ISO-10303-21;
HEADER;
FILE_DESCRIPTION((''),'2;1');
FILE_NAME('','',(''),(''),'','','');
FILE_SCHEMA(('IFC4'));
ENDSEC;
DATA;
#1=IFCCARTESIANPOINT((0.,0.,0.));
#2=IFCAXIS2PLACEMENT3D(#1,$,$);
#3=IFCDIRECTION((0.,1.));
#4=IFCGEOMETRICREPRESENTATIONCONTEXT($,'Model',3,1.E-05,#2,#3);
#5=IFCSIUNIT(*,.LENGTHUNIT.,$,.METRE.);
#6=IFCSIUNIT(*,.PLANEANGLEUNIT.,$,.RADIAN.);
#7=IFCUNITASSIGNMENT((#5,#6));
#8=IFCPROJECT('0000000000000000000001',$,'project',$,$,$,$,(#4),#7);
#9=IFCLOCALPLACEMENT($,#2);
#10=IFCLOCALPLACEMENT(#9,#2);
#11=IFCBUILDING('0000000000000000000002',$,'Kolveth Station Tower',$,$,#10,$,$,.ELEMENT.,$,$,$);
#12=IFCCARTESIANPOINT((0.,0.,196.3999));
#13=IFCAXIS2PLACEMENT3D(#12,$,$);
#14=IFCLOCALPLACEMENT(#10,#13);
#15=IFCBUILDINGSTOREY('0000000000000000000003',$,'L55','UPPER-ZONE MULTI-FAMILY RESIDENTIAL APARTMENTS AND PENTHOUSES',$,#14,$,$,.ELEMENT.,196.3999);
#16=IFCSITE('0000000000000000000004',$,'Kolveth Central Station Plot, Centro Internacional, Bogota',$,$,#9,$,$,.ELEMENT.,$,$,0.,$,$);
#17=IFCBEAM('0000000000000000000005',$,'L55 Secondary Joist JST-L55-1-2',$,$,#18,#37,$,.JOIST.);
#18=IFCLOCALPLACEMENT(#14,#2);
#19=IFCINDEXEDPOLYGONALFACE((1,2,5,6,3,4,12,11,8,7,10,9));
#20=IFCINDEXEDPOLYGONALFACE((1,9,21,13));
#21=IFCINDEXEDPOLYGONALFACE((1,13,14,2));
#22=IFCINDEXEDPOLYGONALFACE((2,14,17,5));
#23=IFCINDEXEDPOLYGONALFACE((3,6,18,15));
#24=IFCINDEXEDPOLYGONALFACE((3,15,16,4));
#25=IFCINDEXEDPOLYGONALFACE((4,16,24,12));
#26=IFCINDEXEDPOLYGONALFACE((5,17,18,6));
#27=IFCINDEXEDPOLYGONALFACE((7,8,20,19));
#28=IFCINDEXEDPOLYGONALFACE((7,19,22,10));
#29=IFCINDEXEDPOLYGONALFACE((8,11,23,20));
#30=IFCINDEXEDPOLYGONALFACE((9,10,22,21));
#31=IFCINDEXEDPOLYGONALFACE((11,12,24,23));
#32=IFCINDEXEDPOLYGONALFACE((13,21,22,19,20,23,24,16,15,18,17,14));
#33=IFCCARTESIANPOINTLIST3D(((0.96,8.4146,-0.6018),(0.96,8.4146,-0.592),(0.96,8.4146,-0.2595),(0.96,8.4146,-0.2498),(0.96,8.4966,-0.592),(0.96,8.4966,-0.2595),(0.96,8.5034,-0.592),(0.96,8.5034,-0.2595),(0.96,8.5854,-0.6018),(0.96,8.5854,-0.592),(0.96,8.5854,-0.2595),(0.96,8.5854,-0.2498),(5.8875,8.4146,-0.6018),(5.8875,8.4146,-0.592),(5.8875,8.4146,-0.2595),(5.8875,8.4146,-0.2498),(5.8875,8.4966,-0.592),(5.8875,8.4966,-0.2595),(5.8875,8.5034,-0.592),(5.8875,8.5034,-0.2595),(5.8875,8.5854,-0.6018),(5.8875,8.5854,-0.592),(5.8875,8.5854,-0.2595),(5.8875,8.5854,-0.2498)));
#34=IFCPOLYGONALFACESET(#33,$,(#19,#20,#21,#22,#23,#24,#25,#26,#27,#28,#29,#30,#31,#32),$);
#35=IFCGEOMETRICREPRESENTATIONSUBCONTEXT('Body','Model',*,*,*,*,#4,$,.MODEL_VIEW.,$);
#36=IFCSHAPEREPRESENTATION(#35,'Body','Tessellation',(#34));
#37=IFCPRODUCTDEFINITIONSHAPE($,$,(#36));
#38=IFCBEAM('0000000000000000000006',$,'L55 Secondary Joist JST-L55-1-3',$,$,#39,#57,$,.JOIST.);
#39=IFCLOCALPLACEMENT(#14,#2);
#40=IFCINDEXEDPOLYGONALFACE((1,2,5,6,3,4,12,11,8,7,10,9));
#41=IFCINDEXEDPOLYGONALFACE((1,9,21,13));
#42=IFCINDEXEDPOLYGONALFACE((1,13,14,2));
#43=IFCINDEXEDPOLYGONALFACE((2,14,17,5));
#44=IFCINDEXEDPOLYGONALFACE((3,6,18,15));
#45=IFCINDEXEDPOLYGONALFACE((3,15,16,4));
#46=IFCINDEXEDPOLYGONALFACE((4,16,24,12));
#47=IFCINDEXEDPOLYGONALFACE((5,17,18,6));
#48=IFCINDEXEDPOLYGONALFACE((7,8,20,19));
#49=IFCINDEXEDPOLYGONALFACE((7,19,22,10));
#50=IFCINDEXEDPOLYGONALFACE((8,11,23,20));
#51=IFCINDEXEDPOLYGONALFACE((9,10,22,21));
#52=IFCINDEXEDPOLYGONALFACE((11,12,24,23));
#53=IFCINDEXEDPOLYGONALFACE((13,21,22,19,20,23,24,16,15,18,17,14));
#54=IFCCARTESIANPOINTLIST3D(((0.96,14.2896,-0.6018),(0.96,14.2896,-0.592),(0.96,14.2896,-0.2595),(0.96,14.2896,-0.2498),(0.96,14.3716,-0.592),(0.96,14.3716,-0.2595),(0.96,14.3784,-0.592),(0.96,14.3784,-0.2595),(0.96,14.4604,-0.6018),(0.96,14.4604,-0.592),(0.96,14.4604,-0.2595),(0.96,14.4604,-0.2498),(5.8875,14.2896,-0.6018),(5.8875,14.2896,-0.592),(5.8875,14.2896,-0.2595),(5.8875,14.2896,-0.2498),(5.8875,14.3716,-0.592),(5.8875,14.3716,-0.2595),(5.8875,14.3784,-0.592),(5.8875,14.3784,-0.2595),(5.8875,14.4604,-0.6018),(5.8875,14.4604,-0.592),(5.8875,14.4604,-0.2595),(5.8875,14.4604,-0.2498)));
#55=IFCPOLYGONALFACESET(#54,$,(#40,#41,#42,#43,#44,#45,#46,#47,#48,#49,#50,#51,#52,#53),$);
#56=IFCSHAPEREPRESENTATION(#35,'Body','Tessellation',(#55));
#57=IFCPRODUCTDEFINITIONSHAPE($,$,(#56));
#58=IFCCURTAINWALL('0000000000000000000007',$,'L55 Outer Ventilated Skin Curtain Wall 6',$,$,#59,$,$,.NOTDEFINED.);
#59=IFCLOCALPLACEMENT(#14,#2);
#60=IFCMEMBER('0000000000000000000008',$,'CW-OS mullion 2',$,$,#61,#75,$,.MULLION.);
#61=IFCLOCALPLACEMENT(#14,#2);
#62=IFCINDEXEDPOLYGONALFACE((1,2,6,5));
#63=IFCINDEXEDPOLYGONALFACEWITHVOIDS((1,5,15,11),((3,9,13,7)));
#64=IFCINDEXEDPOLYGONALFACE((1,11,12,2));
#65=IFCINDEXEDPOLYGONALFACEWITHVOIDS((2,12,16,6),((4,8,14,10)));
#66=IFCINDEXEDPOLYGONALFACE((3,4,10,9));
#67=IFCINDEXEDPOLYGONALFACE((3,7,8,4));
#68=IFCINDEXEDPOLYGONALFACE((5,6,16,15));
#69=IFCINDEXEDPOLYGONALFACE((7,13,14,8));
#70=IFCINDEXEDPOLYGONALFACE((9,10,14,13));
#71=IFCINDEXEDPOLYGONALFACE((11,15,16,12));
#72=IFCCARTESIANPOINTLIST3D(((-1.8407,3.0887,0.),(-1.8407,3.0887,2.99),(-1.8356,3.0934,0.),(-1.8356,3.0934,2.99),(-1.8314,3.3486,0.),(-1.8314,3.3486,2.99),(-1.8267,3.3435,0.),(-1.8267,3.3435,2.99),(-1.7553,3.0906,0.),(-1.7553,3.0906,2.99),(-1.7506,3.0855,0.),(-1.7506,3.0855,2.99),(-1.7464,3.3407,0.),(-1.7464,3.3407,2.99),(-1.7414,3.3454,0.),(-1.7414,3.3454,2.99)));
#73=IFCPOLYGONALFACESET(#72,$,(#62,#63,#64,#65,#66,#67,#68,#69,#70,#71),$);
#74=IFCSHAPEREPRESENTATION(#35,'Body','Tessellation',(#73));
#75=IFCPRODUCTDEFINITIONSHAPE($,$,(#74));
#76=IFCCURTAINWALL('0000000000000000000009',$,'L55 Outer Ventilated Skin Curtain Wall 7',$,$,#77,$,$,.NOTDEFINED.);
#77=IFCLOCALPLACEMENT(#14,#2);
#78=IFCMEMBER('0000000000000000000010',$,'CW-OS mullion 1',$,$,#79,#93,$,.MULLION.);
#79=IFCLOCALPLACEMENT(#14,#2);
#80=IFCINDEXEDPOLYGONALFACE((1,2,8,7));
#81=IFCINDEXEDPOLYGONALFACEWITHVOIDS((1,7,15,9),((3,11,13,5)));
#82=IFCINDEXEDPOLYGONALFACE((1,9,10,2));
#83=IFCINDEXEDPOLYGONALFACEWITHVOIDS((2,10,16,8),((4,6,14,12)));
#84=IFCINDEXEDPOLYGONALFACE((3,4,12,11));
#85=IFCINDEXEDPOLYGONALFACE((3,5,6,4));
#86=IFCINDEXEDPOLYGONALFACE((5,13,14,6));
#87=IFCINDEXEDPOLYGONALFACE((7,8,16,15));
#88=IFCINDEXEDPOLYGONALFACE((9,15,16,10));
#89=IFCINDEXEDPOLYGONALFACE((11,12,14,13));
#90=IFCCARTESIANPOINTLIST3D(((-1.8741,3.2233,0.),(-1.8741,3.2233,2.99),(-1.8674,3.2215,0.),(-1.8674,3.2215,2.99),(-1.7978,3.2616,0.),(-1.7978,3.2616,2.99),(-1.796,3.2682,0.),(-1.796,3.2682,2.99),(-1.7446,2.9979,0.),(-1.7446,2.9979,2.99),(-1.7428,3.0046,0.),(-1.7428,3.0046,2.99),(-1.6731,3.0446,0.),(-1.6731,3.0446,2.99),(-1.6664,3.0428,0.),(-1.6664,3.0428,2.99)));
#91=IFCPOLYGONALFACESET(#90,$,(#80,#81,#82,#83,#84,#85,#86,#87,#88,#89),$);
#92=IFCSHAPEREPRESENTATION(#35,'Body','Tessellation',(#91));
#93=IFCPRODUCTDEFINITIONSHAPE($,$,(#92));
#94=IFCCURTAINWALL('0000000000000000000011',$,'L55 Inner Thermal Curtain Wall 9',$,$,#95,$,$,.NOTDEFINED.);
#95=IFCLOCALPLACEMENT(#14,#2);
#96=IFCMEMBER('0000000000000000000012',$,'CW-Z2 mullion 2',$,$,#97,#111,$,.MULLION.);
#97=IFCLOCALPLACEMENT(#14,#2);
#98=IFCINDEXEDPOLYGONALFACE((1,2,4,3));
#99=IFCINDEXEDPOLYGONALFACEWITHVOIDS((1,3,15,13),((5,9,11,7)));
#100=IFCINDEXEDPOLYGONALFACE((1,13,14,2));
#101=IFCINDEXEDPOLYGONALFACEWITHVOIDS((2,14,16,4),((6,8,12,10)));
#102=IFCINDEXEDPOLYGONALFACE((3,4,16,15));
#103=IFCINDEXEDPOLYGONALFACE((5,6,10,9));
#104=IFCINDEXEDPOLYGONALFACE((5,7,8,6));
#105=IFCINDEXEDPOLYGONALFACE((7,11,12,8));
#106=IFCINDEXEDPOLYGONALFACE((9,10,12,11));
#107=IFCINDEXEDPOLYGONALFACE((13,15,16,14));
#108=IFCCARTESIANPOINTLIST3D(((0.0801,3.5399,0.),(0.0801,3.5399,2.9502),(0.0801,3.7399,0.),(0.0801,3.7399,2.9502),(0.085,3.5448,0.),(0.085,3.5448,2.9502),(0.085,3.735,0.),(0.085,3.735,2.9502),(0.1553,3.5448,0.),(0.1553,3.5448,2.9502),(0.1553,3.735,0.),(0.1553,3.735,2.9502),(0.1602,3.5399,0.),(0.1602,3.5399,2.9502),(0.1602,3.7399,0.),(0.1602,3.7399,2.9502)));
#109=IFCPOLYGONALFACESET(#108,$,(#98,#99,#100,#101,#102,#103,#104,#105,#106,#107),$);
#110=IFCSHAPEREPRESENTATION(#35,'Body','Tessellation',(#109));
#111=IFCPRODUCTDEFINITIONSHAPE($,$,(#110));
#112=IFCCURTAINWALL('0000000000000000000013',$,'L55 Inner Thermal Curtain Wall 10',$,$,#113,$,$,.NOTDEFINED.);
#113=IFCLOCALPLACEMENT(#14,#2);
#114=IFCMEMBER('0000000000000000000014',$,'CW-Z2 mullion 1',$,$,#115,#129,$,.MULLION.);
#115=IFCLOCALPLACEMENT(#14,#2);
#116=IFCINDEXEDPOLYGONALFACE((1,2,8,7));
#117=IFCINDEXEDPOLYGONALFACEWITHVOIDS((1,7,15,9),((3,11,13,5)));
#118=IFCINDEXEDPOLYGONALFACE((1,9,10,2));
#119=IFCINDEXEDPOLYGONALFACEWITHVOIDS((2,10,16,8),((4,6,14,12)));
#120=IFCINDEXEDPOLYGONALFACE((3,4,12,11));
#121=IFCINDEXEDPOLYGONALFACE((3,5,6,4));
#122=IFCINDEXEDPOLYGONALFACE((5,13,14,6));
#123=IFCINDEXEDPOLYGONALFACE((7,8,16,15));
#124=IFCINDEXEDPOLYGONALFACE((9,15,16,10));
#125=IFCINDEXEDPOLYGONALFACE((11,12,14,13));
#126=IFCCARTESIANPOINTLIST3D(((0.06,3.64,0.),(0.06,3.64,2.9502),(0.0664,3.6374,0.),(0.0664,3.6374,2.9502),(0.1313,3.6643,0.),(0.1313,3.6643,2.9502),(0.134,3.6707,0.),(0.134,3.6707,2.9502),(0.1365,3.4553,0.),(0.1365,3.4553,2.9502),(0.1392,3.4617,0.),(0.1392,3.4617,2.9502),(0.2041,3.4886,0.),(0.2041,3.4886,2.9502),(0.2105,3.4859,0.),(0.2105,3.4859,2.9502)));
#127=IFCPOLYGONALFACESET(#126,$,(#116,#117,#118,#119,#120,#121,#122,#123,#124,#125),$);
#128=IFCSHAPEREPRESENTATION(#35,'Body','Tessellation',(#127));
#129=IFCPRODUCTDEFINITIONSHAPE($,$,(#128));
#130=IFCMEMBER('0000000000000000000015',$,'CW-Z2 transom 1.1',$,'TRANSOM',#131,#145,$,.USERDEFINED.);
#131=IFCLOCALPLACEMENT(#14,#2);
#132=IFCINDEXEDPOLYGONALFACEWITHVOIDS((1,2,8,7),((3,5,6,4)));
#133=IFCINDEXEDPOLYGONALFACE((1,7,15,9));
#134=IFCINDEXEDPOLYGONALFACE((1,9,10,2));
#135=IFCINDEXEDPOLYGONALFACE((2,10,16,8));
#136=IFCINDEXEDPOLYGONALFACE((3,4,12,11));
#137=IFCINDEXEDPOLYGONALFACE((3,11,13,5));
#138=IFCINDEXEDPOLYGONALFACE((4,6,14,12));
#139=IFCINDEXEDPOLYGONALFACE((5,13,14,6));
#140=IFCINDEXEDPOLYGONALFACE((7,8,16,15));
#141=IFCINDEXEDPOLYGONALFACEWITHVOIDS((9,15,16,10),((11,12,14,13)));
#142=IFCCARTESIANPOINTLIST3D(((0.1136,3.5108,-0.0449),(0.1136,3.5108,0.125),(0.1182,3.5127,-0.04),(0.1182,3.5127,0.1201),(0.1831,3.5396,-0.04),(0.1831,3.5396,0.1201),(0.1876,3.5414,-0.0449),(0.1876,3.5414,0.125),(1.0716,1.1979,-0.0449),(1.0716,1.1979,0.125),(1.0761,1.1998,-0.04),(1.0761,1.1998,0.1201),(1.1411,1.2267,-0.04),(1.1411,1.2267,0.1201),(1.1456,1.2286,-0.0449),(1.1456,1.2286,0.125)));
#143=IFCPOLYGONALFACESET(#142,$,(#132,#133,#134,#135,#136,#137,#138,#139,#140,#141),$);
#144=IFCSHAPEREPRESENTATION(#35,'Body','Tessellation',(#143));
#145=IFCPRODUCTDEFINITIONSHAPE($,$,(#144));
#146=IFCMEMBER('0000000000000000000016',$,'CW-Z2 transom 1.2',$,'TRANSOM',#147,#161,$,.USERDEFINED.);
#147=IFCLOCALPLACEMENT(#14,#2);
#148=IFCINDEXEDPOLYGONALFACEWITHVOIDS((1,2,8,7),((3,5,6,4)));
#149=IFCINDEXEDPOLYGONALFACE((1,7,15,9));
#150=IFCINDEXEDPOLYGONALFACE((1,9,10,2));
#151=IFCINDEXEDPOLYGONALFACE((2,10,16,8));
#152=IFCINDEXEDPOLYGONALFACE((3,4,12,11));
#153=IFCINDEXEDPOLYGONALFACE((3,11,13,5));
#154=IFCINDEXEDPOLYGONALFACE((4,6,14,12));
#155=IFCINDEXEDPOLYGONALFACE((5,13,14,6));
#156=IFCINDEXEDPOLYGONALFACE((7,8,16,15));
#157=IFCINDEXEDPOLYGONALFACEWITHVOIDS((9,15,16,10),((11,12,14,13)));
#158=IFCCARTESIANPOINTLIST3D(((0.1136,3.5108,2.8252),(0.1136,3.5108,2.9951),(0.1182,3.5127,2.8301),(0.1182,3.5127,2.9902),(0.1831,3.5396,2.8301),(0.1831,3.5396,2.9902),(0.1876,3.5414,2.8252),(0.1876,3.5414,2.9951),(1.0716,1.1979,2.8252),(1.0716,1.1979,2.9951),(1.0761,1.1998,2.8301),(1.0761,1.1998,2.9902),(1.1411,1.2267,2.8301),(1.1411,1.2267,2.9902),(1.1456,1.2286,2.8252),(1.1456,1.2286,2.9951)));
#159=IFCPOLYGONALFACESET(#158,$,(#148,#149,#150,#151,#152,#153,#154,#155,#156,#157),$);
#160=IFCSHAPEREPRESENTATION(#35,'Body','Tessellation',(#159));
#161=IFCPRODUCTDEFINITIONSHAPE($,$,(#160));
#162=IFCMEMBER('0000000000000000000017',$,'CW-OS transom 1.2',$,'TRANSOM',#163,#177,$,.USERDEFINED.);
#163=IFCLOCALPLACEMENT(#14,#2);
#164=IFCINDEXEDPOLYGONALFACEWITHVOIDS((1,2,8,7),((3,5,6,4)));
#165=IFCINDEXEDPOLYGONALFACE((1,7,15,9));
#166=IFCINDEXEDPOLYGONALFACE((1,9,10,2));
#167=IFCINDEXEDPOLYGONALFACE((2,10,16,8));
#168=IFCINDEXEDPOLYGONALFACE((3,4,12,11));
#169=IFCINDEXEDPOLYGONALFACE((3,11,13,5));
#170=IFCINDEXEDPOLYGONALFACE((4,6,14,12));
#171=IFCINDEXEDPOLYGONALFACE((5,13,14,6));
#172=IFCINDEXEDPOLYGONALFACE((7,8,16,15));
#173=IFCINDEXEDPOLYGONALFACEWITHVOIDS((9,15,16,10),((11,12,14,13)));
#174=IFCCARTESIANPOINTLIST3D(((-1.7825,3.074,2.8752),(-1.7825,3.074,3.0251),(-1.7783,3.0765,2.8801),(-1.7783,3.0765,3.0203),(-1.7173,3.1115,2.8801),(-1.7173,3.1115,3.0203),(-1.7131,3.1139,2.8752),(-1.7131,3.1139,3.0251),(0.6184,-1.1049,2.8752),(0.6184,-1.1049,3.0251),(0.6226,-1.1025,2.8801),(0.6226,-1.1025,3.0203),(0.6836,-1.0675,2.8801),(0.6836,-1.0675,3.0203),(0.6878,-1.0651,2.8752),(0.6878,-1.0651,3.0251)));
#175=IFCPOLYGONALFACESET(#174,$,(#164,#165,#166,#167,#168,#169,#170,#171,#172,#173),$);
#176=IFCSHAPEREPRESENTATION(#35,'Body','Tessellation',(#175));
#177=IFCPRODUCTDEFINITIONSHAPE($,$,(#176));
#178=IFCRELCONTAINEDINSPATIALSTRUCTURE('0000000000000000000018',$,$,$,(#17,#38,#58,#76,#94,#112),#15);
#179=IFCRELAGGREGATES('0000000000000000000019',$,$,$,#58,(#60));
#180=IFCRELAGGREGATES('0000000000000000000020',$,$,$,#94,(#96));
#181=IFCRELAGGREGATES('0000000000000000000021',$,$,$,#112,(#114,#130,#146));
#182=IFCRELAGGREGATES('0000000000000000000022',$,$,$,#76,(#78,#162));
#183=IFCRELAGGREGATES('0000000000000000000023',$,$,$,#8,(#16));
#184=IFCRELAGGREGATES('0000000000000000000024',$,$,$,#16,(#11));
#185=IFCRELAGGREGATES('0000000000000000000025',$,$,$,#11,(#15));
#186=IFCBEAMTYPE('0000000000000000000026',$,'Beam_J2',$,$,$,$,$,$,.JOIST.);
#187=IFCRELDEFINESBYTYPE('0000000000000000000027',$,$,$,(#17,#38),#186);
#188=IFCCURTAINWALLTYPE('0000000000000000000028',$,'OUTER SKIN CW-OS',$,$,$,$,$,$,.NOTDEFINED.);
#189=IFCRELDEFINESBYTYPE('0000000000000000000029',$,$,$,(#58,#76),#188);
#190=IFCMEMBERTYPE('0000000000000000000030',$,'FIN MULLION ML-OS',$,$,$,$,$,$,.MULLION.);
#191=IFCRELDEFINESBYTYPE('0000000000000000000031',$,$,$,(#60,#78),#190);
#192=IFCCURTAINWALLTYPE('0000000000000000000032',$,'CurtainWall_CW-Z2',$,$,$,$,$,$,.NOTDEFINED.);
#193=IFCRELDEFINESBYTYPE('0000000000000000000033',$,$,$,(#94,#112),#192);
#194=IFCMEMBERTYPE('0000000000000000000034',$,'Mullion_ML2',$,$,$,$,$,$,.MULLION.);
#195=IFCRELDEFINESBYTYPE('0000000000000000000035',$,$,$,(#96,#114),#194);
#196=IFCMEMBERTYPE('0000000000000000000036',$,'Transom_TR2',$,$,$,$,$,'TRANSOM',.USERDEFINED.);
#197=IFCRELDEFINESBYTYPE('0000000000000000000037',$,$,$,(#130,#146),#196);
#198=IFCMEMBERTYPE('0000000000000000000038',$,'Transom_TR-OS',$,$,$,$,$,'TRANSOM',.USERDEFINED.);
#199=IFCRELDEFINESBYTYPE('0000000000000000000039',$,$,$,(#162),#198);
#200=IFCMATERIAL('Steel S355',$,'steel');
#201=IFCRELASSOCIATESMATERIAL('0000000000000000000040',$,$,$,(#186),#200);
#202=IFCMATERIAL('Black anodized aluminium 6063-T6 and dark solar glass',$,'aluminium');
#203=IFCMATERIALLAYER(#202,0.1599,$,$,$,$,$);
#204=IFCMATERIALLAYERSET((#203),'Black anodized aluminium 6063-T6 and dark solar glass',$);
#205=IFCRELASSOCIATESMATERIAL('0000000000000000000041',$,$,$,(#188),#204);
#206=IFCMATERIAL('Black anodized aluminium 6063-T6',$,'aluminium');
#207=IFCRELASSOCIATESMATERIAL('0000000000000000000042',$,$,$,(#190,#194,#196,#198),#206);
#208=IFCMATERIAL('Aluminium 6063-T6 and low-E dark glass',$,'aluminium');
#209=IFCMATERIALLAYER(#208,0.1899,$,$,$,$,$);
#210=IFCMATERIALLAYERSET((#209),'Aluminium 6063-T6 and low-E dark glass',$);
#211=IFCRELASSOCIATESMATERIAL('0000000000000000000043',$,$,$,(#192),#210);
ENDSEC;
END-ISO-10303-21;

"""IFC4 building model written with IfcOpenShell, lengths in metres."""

from ifc_helpers import new_model, si_unit, direction, frame, origin, origin_2d, place, context, subcontext, project, spatial, hollow_rectangle, i_section, extrude, source, transform, mapped, material, layer, layer_set, material_profile, profile_set, type_object, element, aggregate, save


model = new_model("IFC4")

# Units and contexts
model_context = context("Model", 3, precision=1e-05, world=origin(), true_north=direction((0.0, 1.0)))
body_context = subcontext(model_context, "Body", "Model", "MODEL_VIEW")
ifc_project = project(units=[si_unit("LENGTHUNIT", "METRE"), si_unit("PLANEANGLEUNIT", "RADIAN")], contexts=[model_context])

# Site, building, storey
site_placement = place(None, origin())
site = spatial("IfcSite", under=ifc_project, at=site_placement, Name="Kolveth Central Station Plot, Centro Internacional, Bogota", CompositionType="ELEMENT", RefElevation=0.0)
building_placement = place(site_placement, origin())
building = spatial("IfcBuilding", under=site, at=building_placement, Name="Kolveth Station Tower", CompositionType="ELEMENT")
storey_placement = place(building_placement, frame((0.0, 0.0, 196.3999)))
storey = spatial("IfcBuildingStorey", under=building, at=storey_placement, Name="L55", Description="UPPER-ZONE MULTI-FAMILY RESIDENTIAL APARTMENTS AND PENTHOUSES", CompositionType="ELEMENT", Elevation=196.3999)

# Shared definitions
ifc_material_1 = material(Name="Steel S355", Category="steel")

# Beams
ifc_material_profile_1 = material_profile(ifc_material_1, i_section(OverallWidth=0.1709, OverallDepth=0.3521, WebThickness=0.0068, FlangeThickness=0.0098, at=origin_2d()), Name="W360x44")
ifc_profile_set_1 = profile_set([ifc_material_profile_1], Name="Steel S355")
beam_type_1 = type_object("IfcBeamType", Name="Beam_J2", PredefinedType="JOIST", material=ifc_profile_set_1)
shared_shape_1 = source(origin(), body_context, "Body", "SweptSolid", [
    extrude(i_section(OverallWidth=0.1709, OverallDepth=0.3521, WebThickness=0.0068, FlangeThickness=0.0098, at=origin_2d()), origin(), (0.0, 0.0, 1.0), 4.9275),
])
for number, where, z_axis, x_axis, name in (
    (1, (0.96, 8.5, -0.4258), (1.0, 0.0, 0.0), (0.0, 1.0, 0.0), "L55 Secondary Joist JST-L55-1-2"),
    (2, (0.96, 14.375, -0.4258), (1.0, 0.0, 0.0), (0.0, 1.0, 0.0), "L55 Secondary Joist JST-L55-1-3"),
):
    element("IfcBeam", number, at=place(storey_placement, frame(where, z_axis=z_axis, x_axis=x_axis)), inside=storey, type_object=beam_type_1, Name=name, PredefinedType="JOIST", context=body_context, shape_type="MappedRepresentation", body=[
        mapped(shared_shape_1, transform((0.0, 0.0, 0.0), x_axis=(1.0, 0.0, 0.0), y_axis=(0.0, 1.0, 0.0), z_axis=(0.0, 0.0, 1.0), scale=1.0)),
    ])

# Curtain walls, members
ifc_material_2 = material(Name="Black anodized aluminium 6063-T6 and dark solar glass", Category="aluminium")
ifc_layer_1 = layer(ifc_material_2, 0.1599)
ifc_layer_set_1 = layer_set([ifc_layer_1], Name="Black anodized aluminium 6063-T6 and dark solar glass")
curtain_wall_type_1 = type_object("IfcCurtainWallType", Name="OUTER SKIN CW-OS", PredefinedType="NOTDEFINED", material=ifc_layer_set_1)
curtain_wall_1_placement = place(storey_placement, origin())
curtain_wall_1 = element("IfcCurtainWall", 3, at=curtain_wall_1_placement, inside=storey, type_object=curtain_wall_type_1, Name="L55 Outer Ventilated Skin Curtain Wall 6", PredefinedType="NOTDEFINED")
ifc_material_3 = material(Name="Black anodized aluminium 6063-T6", Category="aluminium")
ifc_material_profile_2 = material_profile(ifc_material_3, hollow_rectangle(XDim=0.0901, YDim=0.26, WallThickness=0.0049, at=origin_2d()), Name="ALU-90x260x5")
ifc_profile_set_2 = profile_set([ifc_material_profile_2], Name="Black anodized aluminium 6063-T6")
member_type_1 = type_object("IfcMemberType", Name="FIN MULLION ML-OS", PredefinedType="MULLION", material=ifc_profile_set_2)
shared_shape_2 = source(origin(), body_context, "Body", "SweptSolid", [
    extrude(hollow_rectangle(XDim=0.0901, YDim=0.26, WallThickness=0.0049, at=origin_2d()), origin(), (0.0, 0.0, 1.0), 2.99),
])
member_1_placement = place(storey_placement, frame((-1.791, 3.217, 0.0), z_axis=(0.0, 0.0, 1.0), x_axis=(0.999363, -0.035678, 0.0)))
member_1 = element("IfcMember", 4, at=member_1_placement, type_object=member_type_1, Name="CW-OS mullion 2", PredefinedType="MULLION", context=body_context, shape_type="MappedRepresentation", body=[
    mapped(shared_shape_2, transform((0.0, 0.0, 0.0), x_axis=(1.0, 0.0, 0.0), y_axis=(0.0, 1.0, 0.0), z_axis=(0.0, 0.0, 1.0), scale=1.0)),
])
aggregate(curtain_wall_1, [member_1])
curtain_wall_2_placement = place(storey_placement, origin())
curtain_wall_2 = element("IfcCurtainWall", 5, at=curtain_wall_2_placement, inside=storey, type_object=curtain_wall_type_1, Name="L55 Outer Ventilated Skin Curtain Wall 7", PredefinedType="NOTDEFINED")
member_2_placement = place(storey_placement, frame((-1.7703, 3.1331, 0.0), z_axis=(0.0, 0.0, 1.0), x_axis=(0.867085, 0.49816, 0.0)))
member_2 = element("IfcMember", 6, at=member_2_placement, type_object=member_type_1, Name="CW-OS mullion 1", PredefinedType="MULLION", context=body_context, shape_type="MappedRepresentation", body=[
    mapped(shared_shape_2, transform((0.0, 0.0, 0.0), x_axis=(1.0, 0.0, 0.0), y_axis=(0.0, 1.0, 0.0), z_axis=(0.0, 0.0, 1.0), scale=1.0)),
])
ifc_material_4 = material(Name="Aluminium 6063-T6 and low-E dark glass", Category="aluminium")
ifc_layer_2 = layer(ifc_material_4, 0.1899)
ifc_layer_set_2 = layer_set([ifc_layer_2], Name="Aluminium 6063-T6 and low-E dark glass")
curtain_wall_type_2 = type_object("IfcCurtainWallType", Name="CurtainWall_CW-Z2", PredefinedType="NOTDEFINED", material=ifc_layer_set_2)
curtain_wall_3_placement = place(storey_placement, origin())
curtain_wall_3 = element("IfcCurtainWall", 7, at=curtain_wall_3_placement, inside=storey, type_object=curtain_wall_type_2, Name="L55 Inner Thermal Curtain Wall 9", PredefinedType="NOTDEFINED")
ifc_material_profile_3 = material_profile(ifc_material_3, hollow_rectangle(XDim=0.0801, YDim=0.2, WallThickness=0.0049, at=origin_2d()), Name="ALU-80x200x5")
ifc_profile_set_3 = profile_set([ifc_material_profile_3], Name="Black anodized aluminium 6063-T6")
member_type_2 = type_object("IfcMemberType", Name="Mullion_ML2", PredefinedType="MULLION", material=ifc_profile_set_3)
shared_shape_3 = source(origin(), body_context, "Body", "SweptSolid", [
    extrude(hollow_rectangle(XDim=0.0801, YDim=0.2, WallThickness=0.0049, at=origin_2d()), origin(), (0.0, 0.0, 1.0), 2.9502),
])
member_3_placement = place(storey_placement, frame((0.1201, 3.6399, 0.0), z_axis=(0.0, 0.0, 1.0), x_axis=(1.0, 0.0, 0.0)))
member_3 = element("IfcMember", 8, at=member_3_placement, type_object=member_type_2, Name="CW-Z2 mullion 2", PredefinedType="MULLION", context=body_context, shape_type="MappedRepresentation", body=[
    mapped(shared_shape_3, transform((0.0, 0.0, 0.0), x_axis=(1.0, 0.0, 0.0), y_axis=(0.0, 1.0, 0.0), z_axis=(0.0, 0.0, 1.0), scale=1.0)),
])
aggregate(curtain_wall_3, [member_3])

# Curtain wall, members
curtain_wall_4_placement = place(storey_placement, origin())
curtain_wall_4 = element("IfcCurtainWall", 9, at=curtain_wall_4_placement, inside=storey, type_object=curtain_wall_type_2, Name="L55 Inner Thermal Curtain Wall 10", PredefinedType="NOTDEFINED")
member_4_placement = place(storey_placement, frame((0.1353, 3.563, 0.0), z_axis=(0.0, 0.0, 1.0), x_axis=(0.923874, 0.382698, 0.0)))
member_4 = element("IfcMember", 10, at=member_4_placement, type_object=member_type_2, Name="CW-Z2 mullion 1", PredefinedType="MULLION", context=body_context, shape_type="MappedRepresentation", body=[
    mapped(shared_shape_3, transform((0.0, 0.0, 0.0), x_axis=(1.0, 0.0, 0.0), y_axis=(0.0, 1.0, 0.0), z_axis=(0.0, 0.0, 1.0), scale=1.0)),
])
ifc_material_profile_4 = material_profile(ifc_material_3, hollow_rectangle(XDim=0.0801, YDim=0.1699, WallThickness=0.0049, at=origin_2d()), Name="ALU-80x170x5")
ifc_profile_set_4 = profile_set([ifc_material_profile_4], Name="Black anodized aluminium 6063-T6")
member_type_3 = type_object("IfcMemberType", Name="Transom_TR2", ElementType="TRANSOM", PredefinedType="USERDEFINED", material=ifc_profile_set_4)
shared_shape_4 = source(origin(), body_context, "Body", "SweptSolid", [
    extrude(hollow_rectangle(XDim=0.0801, YDim=0.1699, WallThickness=0.0049, at=origin_2d()), origin(), (0.0, 0.0, 1.0), 2.5034),
])
member_5_placement = place(storey_placement, frame((0.1506, 3.5261, 0.04), z_axis=(0.382662, -0.923888, 0.0), x_axis=(0.923888, 0.382662, 0.0)))
member_5 = element("IfcMember", 11, at=member_5_placement, type_object=member_type_3, Name="CW-Z2 transom 1.1", ObjectType="TRANSOM", PredefinedType="USERDEFINED", context=body_context, shape_type="MappedRepresentation", body=[
    mapped(shared_shape_4, transform((0.0, 0.0, 0.0), x_axis=(1.0, 0.0, 0.0), y_axis=(0.0, 1.0, 0.0), z_axis=(0.0, 0.0, 1.0), scale=1.0)),
])
member_6_placement = place(storey_placement, frame((0.1506, 3.5261, 2.9102), z_axis=(0.382662, -0.923888, 0.0), x_axis=(0.923888, 0.382662, 0.0)))
member_6 = element("IfcMember", 12, at=member_6_placement, type_object=member_type_3, Name="CW-Z2 transom 1.2", ObjectType="TRANSOM", PredefinedType="USERDEFINED", context=body_context, shape_type="MappedRepresentation", body=[
    mapped(shared_shape_4, transform((0.0, 0.0, 0.0), x_axis=(1.0, 0.0, 0.0), y_axis=(0.0, 1.0, 0.0), z_axis=(0.0, 0.0, 1.0), scale=1.0)),
])
aggregate(curtain_wall_4, [member_4, member_5, member_6])

# Member
ifc_material_profile_5 = material_profile(ifc_material_3, hollow_rectangle(XDim=0.0801, YDim=0.1499, WallThickness=0.0049, at=origin_2d()), Name="ALU-80x150x5")
ifc_profile_set_5 = profile_set([ifc_material_profile_5], Name="Black anodized aluminium 6063-T6")
member_type_4 = type_object("IfcMemberType", Name="Transom_TR-OS", ElementType="TRANSOM", PredefinedType="USERDEFINED", material=ifc_profile_set_5)
shared_shape_5 = source(origin(), body_context, "Body", "SweptSolid", [
    extrude(hollow_rectangle(XDim=0.0801, YDim=0.1499, WallThickness=0.0049, at=origin_2d()), origin(), (0.0, 0.0, 1.0), 4.8196),
])
member_7_placement = place(storey_placement, frame((-1.7478, 3.094, 2.9502), z_axis=(0.498156, -0.867087, 0.0), x_axis=(0.867087, 0.498156, 0.0)))
member_7 = element("IfcMember", 13, at=member_7_placement, type_object=member_type_4, Name="CW-OS transom 1.2", ObjectType="TRANSOM", PredefinedType="USERDEFINED", context=body_context, shape_type="MappedRepresentation", body=[
    mapped(shared_shape_5, transform((0.0, 0.0, 0.0), x_axis=(1.0, 0.0, 0.0), y_axis=(0.0, 1.0, 0.0), z_axis=(0.0, 0.0, 1.0), scale=1.0)),
])
aggregate(curtain_wall_2, [member_2, member_7])

save(model, "model.ifc")
